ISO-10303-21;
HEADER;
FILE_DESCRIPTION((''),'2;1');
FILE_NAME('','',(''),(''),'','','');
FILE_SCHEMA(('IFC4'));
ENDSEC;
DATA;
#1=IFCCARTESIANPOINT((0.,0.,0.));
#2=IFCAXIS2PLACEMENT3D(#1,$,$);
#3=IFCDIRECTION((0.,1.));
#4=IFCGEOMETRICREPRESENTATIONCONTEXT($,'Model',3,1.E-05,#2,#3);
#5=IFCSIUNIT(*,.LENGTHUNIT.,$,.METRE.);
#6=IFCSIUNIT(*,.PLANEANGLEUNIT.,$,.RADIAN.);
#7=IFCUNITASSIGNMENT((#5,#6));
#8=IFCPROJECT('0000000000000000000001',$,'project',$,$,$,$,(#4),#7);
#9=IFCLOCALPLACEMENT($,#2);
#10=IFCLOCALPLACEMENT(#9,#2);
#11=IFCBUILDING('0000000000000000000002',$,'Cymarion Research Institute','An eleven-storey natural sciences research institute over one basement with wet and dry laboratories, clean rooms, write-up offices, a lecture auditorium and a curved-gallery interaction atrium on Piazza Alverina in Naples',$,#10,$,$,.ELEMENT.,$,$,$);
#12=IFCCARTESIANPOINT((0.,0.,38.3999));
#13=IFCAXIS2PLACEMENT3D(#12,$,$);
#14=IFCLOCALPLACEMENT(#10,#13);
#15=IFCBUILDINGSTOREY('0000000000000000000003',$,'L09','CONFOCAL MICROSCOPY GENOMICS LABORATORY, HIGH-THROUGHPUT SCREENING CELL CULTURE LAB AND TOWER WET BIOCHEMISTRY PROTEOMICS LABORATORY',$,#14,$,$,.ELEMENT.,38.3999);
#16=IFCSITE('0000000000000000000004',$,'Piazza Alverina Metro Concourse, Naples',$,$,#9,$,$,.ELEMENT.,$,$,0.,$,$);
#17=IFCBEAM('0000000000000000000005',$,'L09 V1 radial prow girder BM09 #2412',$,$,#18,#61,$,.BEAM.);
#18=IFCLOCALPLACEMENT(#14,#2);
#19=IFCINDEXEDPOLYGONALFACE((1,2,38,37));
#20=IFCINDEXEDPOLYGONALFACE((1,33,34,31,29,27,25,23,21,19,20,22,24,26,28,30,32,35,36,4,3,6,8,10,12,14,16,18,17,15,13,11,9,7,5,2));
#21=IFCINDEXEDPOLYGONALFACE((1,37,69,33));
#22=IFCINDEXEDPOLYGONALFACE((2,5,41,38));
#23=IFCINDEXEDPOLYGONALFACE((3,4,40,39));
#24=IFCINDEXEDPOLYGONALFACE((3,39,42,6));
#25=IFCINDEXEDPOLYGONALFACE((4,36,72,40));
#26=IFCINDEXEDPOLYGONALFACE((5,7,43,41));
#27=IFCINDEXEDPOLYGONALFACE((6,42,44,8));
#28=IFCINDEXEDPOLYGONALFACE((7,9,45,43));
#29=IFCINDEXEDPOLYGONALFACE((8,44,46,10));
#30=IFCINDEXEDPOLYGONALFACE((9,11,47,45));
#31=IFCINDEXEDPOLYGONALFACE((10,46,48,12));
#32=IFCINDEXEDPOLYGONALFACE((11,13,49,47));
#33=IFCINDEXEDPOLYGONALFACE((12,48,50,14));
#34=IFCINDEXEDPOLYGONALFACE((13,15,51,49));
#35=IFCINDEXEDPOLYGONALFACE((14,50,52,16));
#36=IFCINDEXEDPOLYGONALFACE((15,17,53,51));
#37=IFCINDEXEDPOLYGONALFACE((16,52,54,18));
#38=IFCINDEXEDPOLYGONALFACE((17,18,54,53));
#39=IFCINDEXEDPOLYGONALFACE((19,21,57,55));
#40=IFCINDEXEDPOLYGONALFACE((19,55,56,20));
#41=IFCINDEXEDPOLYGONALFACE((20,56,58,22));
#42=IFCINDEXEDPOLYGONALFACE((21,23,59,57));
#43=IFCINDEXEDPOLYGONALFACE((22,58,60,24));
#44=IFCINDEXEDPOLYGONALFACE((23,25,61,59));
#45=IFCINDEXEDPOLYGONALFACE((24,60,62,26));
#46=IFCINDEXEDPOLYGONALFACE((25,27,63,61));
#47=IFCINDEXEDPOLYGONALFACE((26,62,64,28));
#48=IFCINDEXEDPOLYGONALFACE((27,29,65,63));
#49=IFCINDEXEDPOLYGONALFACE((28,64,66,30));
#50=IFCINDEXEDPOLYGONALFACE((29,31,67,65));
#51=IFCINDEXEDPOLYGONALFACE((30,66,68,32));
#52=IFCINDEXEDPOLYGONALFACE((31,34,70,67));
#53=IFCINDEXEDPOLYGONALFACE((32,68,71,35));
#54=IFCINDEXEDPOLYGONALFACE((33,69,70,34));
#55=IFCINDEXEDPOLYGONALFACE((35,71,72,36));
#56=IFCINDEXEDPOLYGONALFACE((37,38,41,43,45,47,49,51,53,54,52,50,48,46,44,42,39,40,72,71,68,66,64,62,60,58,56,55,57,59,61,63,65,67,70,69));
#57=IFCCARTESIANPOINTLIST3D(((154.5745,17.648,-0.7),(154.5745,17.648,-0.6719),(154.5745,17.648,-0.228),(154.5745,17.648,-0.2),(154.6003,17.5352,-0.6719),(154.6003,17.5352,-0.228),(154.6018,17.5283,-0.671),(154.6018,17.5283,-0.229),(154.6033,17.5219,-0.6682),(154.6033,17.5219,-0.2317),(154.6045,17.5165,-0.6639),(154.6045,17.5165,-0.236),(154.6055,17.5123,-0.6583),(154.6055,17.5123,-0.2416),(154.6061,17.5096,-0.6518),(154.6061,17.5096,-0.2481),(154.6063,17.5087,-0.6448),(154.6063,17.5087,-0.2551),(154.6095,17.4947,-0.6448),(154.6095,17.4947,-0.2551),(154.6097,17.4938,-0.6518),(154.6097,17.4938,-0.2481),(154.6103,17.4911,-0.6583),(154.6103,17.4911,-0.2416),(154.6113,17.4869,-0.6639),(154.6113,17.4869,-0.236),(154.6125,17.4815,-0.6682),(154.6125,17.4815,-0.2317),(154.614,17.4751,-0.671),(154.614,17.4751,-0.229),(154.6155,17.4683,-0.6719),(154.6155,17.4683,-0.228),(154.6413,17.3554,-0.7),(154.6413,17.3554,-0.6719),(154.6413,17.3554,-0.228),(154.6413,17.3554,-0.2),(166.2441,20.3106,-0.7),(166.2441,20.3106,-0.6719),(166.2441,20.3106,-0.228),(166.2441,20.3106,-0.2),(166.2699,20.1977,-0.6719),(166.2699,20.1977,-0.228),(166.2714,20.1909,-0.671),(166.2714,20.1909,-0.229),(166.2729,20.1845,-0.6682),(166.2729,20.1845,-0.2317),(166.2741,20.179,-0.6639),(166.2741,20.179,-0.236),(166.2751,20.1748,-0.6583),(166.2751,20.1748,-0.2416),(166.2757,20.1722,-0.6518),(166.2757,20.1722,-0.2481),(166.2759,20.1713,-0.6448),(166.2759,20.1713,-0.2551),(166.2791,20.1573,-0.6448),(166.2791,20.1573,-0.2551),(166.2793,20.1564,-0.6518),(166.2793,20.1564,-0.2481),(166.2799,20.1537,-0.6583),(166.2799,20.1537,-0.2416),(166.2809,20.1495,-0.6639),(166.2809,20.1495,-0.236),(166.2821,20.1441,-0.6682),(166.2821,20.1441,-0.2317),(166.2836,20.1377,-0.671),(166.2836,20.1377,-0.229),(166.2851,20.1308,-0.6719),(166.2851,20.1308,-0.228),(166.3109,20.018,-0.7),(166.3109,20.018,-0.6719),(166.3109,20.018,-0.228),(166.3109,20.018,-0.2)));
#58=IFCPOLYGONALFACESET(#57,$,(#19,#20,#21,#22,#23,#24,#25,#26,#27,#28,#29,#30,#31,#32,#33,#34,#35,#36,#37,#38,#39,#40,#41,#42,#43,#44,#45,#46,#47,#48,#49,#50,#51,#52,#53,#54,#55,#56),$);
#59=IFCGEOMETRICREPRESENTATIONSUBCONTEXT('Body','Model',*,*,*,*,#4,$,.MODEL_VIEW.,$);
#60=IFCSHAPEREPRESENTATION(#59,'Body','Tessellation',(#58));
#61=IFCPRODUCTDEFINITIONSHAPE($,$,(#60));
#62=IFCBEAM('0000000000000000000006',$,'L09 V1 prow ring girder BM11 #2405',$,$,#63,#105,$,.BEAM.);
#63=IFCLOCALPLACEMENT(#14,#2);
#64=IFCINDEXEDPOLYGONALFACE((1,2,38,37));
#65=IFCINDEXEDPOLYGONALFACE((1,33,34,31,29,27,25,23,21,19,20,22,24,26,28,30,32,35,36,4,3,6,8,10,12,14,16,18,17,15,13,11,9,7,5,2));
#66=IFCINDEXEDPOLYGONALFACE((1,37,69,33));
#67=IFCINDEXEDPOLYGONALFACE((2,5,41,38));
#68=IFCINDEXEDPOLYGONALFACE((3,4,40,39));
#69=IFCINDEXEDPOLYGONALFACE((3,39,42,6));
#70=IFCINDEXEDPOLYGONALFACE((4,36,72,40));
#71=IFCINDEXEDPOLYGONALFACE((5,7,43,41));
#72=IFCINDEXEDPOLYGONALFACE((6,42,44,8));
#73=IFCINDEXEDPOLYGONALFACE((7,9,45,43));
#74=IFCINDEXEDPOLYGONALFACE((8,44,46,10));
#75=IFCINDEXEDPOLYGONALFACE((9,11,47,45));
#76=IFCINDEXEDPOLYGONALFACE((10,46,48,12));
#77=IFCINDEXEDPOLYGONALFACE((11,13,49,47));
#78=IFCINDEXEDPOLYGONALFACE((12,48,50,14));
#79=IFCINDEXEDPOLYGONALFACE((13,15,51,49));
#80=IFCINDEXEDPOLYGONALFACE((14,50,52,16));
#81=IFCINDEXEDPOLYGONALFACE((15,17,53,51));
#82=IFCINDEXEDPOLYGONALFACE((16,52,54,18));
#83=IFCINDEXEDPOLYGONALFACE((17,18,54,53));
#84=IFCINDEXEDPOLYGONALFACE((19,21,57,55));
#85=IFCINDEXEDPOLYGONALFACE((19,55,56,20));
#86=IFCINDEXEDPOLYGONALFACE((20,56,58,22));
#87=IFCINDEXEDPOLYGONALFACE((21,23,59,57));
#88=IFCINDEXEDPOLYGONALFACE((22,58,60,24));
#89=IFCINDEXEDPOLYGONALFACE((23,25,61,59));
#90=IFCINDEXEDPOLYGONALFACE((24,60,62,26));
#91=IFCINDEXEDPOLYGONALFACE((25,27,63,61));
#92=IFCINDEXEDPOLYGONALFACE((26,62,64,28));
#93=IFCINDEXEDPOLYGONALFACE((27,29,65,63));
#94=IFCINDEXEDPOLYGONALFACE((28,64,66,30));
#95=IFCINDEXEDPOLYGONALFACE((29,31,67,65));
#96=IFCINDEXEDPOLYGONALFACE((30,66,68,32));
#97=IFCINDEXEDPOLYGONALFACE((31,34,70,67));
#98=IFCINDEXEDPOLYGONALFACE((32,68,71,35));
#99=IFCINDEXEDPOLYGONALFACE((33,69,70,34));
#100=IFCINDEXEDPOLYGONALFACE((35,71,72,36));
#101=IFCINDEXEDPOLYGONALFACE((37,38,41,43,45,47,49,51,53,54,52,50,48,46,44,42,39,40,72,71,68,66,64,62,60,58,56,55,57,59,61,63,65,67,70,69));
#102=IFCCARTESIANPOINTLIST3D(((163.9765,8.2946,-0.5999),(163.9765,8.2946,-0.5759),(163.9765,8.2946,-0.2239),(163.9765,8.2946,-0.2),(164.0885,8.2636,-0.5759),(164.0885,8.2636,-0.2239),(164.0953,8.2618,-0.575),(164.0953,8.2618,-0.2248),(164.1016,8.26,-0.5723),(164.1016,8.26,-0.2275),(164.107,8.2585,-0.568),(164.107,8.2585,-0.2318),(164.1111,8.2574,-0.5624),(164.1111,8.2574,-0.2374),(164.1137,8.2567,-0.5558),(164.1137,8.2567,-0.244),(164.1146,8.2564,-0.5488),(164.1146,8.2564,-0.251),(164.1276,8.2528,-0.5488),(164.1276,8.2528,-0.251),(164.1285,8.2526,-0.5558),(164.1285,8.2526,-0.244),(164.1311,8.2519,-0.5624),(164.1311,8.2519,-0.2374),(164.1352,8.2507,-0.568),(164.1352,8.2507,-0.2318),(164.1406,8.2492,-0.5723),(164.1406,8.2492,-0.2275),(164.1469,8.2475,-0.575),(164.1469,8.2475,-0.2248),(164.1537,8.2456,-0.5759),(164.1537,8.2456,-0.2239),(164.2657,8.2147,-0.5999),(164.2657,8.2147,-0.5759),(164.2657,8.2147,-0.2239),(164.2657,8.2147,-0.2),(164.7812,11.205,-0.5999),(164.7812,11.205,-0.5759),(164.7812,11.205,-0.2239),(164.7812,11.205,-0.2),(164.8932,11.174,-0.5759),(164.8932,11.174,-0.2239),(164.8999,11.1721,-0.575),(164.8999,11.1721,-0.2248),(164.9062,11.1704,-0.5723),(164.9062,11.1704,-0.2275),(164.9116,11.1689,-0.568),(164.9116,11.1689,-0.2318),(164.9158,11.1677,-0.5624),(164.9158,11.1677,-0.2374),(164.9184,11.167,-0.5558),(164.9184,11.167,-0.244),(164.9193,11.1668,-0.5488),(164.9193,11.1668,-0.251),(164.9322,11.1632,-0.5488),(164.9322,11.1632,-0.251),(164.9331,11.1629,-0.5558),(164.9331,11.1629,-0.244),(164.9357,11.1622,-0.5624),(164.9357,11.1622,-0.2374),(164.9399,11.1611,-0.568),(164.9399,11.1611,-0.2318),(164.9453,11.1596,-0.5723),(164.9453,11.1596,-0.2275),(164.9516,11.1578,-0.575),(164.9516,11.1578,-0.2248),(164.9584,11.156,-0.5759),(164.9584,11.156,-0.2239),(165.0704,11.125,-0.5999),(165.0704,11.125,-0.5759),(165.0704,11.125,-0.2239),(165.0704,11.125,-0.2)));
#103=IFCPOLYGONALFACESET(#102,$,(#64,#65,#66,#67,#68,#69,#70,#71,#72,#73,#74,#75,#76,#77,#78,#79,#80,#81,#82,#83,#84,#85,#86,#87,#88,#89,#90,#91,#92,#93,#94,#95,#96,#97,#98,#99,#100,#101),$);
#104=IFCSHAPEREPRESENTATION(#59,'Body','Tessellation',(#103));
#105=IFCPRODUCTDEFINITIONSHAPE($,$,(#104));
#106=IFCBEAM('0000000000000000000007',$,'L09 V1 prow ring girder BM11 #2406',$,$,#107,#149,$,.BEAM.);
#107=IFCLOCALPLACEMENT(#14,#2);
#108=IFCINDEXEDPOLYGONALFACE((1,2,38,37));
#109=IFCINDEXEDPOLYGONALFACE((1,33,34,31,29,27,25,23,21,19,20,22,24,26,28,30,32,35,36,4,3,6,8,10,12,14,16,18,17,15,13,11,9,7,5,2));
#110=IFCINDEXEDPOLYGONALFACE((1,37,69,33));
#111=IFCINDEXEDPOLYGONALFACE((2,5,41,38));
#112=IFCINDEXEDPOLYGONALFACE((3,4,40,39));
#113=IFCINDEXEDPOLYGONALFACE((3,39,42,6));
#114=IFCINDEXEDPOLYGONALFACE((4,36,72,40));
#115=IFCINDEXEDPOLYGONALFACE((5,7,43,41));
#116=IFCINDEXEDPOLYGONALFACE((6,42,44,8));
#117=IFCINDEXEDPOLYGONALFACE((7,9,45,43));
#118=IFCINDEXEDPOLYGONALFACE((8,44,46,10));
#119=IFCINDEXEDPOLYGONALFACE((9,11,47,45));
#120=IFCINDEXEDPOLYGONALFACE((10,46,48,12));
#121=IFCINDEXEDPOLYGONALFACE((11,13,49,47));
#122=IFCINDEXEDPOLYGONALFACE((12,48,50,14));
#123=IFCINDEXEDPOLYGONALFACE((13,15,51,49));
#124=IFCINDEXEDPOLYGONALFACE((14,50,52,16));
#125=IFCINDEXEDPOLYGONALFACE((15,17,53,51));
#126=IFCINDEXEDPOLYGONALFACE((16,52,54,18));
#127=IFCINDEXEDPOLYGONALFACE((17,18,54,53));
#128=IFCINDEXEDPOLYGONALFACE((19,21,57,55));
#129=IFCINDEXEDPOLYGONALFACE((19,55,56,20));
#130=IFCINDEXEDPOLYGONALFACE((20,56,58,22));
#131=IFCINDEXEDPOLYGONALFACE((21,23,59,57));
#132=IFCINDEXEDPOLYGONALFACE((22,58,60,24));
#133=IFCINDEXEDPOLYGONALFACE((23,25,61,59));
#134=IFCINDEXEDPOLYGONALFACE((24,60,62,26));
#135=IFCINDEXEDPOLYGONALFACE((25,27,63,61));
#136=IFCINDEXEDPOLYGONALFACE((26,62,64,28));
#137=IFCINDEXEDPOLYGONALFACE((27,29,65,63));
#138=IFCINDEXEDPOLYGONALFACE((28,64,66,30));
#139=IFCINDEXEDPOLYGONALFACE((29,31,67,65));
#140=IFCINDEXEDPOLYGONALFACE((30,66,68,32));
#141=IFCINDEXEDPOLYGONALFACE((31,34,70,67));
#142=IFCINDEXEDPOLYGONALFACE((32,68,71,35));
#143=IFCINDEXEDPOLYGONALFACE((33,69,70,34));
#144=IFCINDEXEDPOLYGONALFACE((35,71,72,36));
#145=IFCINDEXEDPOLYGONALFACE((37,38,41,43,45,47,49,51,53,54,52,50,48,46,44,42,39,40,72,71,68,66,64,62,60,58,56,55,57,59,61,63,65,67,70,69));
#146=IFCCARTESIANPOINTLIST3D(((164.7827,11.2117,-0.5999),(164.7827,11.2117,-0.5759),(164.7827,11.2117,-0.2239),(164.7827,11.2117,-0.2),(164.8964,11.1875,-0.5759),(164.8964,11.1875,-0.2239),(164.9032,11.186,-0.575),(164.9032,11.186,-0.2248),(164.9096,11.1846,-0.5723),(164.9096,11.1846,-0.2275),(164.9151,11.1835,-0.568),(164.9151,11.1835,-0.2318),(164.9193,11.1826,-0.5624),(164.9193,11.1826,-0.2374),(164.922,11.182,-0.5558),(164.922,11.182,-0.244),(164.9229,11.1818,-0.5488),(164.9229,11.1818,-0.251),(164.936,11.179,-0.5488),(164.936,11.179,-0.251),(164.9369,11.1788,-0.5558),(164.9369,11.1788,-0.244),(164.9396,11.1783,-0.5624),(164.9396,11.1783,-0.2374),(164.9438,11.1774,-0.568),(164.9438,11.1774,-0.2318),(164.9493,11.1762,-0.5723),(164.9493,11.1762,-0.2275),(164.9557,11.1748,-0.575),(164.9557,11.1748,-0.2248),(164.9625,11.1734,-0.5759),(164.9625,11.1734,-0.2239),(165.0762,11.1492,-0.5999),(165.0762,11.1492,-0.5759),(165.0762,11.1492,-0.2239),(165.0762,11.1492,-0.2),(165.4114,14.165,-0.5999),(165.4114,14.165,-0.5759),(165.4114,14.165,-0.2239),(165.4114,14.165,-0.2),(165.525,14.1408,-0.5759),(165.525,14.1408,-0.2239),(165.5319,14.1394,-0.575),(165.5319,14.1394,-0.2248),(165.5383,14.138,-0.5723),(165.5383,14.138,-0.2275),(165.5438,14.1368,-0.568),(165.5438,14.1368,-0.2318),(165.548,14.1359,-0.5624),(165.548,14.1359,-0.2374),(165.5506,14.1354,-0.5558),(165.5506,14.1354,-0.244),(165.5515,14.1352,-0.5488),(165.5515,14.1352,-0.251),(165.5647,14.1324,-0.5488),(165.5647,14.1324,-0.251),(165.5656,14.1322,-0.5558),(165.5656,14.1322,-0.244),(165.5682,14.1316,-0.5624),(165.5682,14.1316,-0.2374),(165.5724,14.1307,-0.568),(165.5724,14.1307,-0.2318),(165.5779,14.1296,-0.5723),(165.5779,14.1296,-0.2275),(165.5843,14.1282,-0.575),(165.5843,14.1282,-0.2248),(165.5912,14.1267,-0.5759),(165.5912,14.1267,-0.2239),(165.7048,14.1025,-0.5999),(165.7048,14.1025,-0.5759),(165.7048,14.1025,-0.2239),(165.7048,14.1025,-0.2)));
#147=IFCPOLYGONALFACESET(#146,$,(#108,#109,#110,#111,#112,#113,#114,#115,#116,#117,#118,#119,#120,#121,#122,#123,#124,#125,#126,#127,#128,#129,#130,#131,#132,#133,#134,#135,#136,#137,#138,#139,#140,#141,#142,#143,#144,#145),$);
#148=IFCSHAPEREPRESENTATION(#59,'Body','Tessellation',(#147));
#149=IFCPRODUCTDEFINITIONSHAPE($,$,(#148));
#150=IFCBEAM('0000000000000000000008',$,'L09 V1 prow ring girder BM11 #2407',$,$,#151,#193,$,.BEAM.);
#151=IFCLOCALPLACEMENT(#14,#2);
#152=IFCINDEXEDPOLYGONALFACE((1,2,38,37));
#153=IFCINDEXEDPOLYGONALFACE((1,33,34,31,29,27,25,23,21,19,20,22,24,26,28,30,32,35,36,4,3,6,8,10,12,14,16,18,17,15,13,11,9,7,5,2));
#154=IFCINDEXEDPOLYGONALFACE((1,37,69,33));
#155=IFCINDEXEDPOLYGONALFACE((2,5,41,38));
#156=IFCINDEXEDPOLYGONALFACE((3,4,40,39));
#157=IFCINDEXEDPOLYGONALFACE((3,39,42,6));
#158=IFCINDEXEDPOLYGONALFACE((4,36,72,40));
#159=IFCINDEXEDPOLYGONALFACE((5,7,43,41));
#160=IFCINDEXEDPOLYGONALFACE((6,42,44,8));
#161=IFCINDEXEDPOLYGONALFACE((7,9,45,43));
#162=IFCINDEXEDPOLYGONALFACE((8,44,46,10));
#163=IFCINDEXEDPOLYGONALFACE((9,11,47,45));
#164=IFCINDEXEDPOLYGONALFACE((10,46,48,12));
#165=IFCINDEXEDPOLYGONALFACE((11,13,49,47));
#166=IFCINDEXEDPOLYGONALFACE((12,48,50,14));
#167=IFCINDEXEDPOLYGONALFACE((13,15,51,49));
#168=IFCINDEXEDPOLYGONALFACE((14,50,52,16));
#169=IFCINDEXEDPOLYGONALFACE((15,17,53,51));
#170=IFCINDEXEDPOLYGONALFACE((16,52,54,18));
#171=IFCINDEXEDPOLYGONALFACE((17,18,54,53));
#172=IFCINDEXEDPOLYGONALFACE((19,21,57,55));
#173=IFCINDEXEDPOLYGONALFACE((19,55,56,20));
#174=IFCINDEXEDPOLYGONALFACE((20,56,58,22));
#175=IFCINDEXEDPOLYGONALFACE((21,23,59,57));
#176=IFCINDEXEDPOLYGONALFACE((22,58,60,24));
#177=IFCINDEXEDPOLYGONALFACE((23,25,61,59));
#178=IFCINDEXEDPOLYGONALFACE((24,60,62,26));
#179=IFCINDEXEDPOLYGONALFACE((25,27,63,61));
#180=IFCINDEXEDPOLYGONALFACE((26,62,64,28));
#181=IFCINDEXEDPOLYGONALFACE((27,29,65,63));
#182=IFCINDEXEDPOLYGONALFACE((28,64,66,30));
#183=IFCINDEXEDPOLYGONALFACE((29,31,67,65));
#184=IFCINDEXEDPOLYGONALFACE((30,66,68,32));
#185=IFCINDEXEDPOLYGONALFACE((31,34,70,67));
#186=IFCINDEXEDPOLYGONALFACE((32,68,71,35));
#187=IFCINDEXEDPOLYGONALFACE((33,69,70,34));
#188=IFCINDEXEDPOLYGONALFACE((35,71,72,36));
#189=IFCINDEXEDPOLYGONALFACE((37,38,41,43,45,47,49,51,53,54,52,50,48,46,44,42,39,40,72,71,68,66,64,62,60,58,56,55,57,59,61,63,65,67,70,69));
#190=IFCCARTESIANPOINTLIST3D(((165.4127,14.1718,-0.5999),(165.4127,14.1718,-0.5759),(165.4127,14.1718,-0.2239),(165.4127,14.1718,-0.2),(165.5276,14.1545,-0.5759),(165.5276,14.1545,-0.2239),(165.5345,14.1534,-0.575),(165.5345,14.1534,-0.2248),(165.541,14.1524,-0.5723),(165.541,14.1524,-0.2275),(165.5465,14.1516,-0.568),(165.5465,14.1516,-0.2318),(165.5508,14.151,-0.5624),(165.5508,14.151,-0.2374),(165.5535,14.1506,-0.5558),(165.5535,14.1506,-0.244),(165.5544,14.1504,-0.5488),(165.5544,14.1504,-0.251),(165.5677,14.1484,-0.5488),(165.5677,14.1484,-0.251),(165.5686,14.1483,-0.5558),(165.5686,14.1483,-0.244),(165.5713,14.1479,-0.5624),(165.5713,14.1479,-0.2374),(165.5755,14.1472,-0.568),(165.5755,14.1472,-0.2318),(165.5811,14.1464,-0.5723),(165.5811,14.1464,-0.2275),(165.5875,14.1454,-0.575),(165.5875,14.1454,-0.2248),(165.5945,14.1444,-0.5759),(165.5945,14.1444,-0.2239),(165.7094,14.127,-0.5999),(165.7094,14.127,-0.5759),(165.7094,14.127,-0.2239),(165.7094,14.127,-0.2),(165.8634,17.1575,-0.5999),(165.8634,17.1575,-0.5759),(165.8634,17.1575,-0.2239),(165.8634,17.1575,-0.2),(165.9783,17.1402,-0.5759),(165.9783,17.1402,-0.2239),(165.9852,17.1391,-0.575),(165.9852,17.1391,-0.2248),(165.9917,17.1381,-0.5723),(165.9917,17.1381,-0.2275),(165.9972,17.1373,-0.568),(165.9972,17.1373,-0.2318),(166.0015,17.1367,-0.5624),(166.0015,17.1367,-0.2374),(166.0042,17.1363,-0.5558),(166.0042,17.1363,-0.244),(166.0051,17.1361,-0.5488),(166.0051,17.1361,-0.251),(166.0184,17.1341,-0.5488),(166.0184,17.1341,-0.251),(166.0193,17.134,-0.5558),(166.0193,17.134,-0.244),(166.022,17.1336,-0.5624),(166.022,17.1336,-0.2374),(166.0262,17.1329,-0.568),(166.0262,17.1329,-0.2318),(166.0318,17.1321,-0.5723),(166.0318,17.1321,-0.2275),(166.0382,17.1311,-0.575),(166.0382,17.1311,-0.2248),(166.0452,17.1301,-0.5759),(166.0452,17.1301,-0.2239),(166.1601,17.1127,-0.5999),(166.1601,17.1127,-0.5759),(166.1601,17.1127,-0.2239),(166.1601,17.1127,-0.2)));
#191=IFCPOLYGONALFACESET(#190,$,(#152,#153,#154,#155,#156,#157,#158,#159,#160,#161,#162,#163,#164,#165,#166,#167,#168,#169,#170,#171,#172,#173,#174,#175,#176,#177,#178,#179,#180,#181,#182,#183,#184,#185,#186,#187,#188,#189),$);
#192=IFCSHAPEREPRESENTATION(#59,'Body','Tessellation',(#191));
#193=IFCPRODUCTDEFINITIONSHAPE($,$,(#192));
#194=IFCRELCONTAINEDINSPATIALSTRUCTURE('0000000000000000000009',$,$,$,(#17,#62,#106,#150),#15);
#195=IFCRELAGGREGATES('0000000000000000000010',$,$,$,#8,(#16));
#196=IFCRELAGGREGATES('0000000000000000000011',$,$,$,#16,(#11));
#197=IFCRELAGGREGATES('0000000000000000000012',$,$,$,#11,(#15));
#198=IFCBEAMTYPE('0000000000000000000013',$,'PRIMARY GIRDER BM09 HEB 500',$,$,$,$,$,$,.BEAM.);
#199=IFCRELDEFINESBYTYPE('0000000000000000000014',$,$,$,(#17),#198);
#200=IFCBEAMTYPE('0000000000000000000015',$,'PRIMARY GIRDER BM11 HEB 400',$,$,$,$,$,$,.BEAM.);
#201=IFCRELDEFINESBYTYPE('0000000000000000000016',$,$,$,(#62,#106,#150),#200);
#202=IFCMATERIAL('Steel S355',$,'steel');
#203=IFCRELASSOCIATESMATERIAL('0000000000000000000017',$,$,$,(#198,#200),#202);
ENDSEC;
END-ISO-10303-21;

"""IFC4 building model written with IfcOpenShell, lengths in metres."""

from ifc_helpers import new_model, si_unit, direction, frame, origin, origin_2d, place, context, subcontext, project, spatial, i_section, extrude, material, material_profile, profile_set, type_object, element, save


model = new_model("IFC4")

# Units and contexts
model_context = context("Model", 3, precision=1e-05, world=origin(), true_north=direction((0.0, 1.0)))
body_context = subcontext(model_context, "Body", "Model", "MODEL_VIEW")
ifc_project = project(units=[si_unit("LENGTHUNIT", "METRE"), si_unit("PLANEANGLEUNIT", "RADIAN")], contexts=[model_context])

# Site, building, storey
site_placement = place(None, origin())
site = spatial("IfcSite", under=ifc_project, at=site_placement, Name="Piazza Alverina Metro Concourse, Naples", CompositionType="ELEMENT", RefElevation=0.0)
building_placement = place(site_placement, origin())
building = spatial("IfcBuilding", under=site, at=building_placement, Name="Cymarion Research Institute", Description="An eleven-storey natural sciences research institute over one basement with wet and dry laboratories, clean rooms, write-up offices, a lecture auditorium and a curved-gallery interaction atrium on Piazza Alverina in Naples", CompositionType="ELEMENT")
storey_placement = place(building_placement, frame((0.0, 0.0, 38.3999)))
storey = spatial("IfcBuildingStorey", under=building, at=storey_placement, Name="L09", Description="CONFOCAL MICROSCOPY GENOMICS LABORATORY, HIGH-THROUGHPUT SCREENING CELL CULTURE LAB AND TOWER WET BIOCHEMISTRY PROTEOMICS LABORATORY", CompositionType="ELEMENT", Elevation=38.3999)

# Shared definitions
ifc_material_1 = material(Name="Steel S355", Category="steel")

# Beams
ifc_material_profile_1 = material_profile(ifc_material_1, i_section(OverallWidth=0.3, OverallDepth=0.5, WebThickness=0.0144, FlangeThickness=0.0281, FilletRadius=0.0271, at=origin_2d()), Name="HEB 500")
ifc_profile_set_1 = profile_set([ifc_material_profile_1], Name="Steel S355")
beam_type_1 = type_object("IfcBeamType", Name="PRIMARY GIRDER BM09 HEB 500", PredefinedType="BEAM", material=ifc_profile_set_1)
beam_1_placement = place(storey_placement, frame((154.6079, 17.5017, -0.45), z_axis=(0.974945, 0.222447, 0.0), x_axis=(-0.222447, 0.974945, 0.0)))
element("IfcBeam", 1, at=beam_1_placement, inside=storey, type_object=beam_type_1, Name="L09 V1 radial prow girder BM09 #2412", PredefinedType="BEAM", context=body_context, shape_type="SweptSolid", body=[
    extrude(i_section(OverallWidth=0.3, OverallDepth=0.5, WebThickness=0.0144, FlangeThickness=0.0281, FilletRadius=0.0271, at=origin_2d()), origin(), (0.0, 0.0, 1.0), 11.9695),
])
ifc_material_profile_2 = material_profile(ifc_material_1, i_section(OverallWidth=0.3, OverallDepth=0.3999, WebThickness=0.0134, FlangeThickness=0.0239, FilletRadius=0.0271, at=origin_2d()), Name="HEB 400")
ifc_profile_set_2 = profile_set([ifc_material_profile_2], Name="Steel S355")
beam_type_2 = type_object("IfcBeamType", Name="PRIMARY GIRDER BM11 HEB 400", PredefinedType="BEAM", material=ifc_profile_set_2)
for number, where, z_axis, x_axis, name in (
    (2, (164.1211, 8.2546, -0.3999), (0.266489, 0.963838, 0.0), (-0.963838, 0.266489, 0.0), "L09 V1 prow ring girder BM11 #2405"),
    (3, (164.9294, 11.1804, -0.3999), (0.208198, 0.978087, 0.0), (-0.978087, 0.208198, 0.0), "L09 V1 prow ring girder BM11 #2406"),
    (4, (165.561, 14.1494, -0.3999), (0.149262, 0.988798, 0.0), (-0.988798, 0.149262, 0.0), "L09 V1 prow ring girder BM11 #2407"),
):
    element("IfcBeam", number, at=place(storey_placement, frame(where, z_axis=z_axis, x_axis=x_axis)), inside=storey, type_object=beam_type_2, Name=name, PredefinedType="BEAM", context=body_context, shape_type="SweptSolid", body=[
        extrude(i_section(OverallWidth=0.3, OverallDepth=0.3999, WebThickness=0.0134, FlangeThickness=0.0239, FilletRadius=0.0271, at=origin_2d()), origin(), (0.0, 0.0, 1.0), 3.0195),
    ])

save(model, "model.ifc")
